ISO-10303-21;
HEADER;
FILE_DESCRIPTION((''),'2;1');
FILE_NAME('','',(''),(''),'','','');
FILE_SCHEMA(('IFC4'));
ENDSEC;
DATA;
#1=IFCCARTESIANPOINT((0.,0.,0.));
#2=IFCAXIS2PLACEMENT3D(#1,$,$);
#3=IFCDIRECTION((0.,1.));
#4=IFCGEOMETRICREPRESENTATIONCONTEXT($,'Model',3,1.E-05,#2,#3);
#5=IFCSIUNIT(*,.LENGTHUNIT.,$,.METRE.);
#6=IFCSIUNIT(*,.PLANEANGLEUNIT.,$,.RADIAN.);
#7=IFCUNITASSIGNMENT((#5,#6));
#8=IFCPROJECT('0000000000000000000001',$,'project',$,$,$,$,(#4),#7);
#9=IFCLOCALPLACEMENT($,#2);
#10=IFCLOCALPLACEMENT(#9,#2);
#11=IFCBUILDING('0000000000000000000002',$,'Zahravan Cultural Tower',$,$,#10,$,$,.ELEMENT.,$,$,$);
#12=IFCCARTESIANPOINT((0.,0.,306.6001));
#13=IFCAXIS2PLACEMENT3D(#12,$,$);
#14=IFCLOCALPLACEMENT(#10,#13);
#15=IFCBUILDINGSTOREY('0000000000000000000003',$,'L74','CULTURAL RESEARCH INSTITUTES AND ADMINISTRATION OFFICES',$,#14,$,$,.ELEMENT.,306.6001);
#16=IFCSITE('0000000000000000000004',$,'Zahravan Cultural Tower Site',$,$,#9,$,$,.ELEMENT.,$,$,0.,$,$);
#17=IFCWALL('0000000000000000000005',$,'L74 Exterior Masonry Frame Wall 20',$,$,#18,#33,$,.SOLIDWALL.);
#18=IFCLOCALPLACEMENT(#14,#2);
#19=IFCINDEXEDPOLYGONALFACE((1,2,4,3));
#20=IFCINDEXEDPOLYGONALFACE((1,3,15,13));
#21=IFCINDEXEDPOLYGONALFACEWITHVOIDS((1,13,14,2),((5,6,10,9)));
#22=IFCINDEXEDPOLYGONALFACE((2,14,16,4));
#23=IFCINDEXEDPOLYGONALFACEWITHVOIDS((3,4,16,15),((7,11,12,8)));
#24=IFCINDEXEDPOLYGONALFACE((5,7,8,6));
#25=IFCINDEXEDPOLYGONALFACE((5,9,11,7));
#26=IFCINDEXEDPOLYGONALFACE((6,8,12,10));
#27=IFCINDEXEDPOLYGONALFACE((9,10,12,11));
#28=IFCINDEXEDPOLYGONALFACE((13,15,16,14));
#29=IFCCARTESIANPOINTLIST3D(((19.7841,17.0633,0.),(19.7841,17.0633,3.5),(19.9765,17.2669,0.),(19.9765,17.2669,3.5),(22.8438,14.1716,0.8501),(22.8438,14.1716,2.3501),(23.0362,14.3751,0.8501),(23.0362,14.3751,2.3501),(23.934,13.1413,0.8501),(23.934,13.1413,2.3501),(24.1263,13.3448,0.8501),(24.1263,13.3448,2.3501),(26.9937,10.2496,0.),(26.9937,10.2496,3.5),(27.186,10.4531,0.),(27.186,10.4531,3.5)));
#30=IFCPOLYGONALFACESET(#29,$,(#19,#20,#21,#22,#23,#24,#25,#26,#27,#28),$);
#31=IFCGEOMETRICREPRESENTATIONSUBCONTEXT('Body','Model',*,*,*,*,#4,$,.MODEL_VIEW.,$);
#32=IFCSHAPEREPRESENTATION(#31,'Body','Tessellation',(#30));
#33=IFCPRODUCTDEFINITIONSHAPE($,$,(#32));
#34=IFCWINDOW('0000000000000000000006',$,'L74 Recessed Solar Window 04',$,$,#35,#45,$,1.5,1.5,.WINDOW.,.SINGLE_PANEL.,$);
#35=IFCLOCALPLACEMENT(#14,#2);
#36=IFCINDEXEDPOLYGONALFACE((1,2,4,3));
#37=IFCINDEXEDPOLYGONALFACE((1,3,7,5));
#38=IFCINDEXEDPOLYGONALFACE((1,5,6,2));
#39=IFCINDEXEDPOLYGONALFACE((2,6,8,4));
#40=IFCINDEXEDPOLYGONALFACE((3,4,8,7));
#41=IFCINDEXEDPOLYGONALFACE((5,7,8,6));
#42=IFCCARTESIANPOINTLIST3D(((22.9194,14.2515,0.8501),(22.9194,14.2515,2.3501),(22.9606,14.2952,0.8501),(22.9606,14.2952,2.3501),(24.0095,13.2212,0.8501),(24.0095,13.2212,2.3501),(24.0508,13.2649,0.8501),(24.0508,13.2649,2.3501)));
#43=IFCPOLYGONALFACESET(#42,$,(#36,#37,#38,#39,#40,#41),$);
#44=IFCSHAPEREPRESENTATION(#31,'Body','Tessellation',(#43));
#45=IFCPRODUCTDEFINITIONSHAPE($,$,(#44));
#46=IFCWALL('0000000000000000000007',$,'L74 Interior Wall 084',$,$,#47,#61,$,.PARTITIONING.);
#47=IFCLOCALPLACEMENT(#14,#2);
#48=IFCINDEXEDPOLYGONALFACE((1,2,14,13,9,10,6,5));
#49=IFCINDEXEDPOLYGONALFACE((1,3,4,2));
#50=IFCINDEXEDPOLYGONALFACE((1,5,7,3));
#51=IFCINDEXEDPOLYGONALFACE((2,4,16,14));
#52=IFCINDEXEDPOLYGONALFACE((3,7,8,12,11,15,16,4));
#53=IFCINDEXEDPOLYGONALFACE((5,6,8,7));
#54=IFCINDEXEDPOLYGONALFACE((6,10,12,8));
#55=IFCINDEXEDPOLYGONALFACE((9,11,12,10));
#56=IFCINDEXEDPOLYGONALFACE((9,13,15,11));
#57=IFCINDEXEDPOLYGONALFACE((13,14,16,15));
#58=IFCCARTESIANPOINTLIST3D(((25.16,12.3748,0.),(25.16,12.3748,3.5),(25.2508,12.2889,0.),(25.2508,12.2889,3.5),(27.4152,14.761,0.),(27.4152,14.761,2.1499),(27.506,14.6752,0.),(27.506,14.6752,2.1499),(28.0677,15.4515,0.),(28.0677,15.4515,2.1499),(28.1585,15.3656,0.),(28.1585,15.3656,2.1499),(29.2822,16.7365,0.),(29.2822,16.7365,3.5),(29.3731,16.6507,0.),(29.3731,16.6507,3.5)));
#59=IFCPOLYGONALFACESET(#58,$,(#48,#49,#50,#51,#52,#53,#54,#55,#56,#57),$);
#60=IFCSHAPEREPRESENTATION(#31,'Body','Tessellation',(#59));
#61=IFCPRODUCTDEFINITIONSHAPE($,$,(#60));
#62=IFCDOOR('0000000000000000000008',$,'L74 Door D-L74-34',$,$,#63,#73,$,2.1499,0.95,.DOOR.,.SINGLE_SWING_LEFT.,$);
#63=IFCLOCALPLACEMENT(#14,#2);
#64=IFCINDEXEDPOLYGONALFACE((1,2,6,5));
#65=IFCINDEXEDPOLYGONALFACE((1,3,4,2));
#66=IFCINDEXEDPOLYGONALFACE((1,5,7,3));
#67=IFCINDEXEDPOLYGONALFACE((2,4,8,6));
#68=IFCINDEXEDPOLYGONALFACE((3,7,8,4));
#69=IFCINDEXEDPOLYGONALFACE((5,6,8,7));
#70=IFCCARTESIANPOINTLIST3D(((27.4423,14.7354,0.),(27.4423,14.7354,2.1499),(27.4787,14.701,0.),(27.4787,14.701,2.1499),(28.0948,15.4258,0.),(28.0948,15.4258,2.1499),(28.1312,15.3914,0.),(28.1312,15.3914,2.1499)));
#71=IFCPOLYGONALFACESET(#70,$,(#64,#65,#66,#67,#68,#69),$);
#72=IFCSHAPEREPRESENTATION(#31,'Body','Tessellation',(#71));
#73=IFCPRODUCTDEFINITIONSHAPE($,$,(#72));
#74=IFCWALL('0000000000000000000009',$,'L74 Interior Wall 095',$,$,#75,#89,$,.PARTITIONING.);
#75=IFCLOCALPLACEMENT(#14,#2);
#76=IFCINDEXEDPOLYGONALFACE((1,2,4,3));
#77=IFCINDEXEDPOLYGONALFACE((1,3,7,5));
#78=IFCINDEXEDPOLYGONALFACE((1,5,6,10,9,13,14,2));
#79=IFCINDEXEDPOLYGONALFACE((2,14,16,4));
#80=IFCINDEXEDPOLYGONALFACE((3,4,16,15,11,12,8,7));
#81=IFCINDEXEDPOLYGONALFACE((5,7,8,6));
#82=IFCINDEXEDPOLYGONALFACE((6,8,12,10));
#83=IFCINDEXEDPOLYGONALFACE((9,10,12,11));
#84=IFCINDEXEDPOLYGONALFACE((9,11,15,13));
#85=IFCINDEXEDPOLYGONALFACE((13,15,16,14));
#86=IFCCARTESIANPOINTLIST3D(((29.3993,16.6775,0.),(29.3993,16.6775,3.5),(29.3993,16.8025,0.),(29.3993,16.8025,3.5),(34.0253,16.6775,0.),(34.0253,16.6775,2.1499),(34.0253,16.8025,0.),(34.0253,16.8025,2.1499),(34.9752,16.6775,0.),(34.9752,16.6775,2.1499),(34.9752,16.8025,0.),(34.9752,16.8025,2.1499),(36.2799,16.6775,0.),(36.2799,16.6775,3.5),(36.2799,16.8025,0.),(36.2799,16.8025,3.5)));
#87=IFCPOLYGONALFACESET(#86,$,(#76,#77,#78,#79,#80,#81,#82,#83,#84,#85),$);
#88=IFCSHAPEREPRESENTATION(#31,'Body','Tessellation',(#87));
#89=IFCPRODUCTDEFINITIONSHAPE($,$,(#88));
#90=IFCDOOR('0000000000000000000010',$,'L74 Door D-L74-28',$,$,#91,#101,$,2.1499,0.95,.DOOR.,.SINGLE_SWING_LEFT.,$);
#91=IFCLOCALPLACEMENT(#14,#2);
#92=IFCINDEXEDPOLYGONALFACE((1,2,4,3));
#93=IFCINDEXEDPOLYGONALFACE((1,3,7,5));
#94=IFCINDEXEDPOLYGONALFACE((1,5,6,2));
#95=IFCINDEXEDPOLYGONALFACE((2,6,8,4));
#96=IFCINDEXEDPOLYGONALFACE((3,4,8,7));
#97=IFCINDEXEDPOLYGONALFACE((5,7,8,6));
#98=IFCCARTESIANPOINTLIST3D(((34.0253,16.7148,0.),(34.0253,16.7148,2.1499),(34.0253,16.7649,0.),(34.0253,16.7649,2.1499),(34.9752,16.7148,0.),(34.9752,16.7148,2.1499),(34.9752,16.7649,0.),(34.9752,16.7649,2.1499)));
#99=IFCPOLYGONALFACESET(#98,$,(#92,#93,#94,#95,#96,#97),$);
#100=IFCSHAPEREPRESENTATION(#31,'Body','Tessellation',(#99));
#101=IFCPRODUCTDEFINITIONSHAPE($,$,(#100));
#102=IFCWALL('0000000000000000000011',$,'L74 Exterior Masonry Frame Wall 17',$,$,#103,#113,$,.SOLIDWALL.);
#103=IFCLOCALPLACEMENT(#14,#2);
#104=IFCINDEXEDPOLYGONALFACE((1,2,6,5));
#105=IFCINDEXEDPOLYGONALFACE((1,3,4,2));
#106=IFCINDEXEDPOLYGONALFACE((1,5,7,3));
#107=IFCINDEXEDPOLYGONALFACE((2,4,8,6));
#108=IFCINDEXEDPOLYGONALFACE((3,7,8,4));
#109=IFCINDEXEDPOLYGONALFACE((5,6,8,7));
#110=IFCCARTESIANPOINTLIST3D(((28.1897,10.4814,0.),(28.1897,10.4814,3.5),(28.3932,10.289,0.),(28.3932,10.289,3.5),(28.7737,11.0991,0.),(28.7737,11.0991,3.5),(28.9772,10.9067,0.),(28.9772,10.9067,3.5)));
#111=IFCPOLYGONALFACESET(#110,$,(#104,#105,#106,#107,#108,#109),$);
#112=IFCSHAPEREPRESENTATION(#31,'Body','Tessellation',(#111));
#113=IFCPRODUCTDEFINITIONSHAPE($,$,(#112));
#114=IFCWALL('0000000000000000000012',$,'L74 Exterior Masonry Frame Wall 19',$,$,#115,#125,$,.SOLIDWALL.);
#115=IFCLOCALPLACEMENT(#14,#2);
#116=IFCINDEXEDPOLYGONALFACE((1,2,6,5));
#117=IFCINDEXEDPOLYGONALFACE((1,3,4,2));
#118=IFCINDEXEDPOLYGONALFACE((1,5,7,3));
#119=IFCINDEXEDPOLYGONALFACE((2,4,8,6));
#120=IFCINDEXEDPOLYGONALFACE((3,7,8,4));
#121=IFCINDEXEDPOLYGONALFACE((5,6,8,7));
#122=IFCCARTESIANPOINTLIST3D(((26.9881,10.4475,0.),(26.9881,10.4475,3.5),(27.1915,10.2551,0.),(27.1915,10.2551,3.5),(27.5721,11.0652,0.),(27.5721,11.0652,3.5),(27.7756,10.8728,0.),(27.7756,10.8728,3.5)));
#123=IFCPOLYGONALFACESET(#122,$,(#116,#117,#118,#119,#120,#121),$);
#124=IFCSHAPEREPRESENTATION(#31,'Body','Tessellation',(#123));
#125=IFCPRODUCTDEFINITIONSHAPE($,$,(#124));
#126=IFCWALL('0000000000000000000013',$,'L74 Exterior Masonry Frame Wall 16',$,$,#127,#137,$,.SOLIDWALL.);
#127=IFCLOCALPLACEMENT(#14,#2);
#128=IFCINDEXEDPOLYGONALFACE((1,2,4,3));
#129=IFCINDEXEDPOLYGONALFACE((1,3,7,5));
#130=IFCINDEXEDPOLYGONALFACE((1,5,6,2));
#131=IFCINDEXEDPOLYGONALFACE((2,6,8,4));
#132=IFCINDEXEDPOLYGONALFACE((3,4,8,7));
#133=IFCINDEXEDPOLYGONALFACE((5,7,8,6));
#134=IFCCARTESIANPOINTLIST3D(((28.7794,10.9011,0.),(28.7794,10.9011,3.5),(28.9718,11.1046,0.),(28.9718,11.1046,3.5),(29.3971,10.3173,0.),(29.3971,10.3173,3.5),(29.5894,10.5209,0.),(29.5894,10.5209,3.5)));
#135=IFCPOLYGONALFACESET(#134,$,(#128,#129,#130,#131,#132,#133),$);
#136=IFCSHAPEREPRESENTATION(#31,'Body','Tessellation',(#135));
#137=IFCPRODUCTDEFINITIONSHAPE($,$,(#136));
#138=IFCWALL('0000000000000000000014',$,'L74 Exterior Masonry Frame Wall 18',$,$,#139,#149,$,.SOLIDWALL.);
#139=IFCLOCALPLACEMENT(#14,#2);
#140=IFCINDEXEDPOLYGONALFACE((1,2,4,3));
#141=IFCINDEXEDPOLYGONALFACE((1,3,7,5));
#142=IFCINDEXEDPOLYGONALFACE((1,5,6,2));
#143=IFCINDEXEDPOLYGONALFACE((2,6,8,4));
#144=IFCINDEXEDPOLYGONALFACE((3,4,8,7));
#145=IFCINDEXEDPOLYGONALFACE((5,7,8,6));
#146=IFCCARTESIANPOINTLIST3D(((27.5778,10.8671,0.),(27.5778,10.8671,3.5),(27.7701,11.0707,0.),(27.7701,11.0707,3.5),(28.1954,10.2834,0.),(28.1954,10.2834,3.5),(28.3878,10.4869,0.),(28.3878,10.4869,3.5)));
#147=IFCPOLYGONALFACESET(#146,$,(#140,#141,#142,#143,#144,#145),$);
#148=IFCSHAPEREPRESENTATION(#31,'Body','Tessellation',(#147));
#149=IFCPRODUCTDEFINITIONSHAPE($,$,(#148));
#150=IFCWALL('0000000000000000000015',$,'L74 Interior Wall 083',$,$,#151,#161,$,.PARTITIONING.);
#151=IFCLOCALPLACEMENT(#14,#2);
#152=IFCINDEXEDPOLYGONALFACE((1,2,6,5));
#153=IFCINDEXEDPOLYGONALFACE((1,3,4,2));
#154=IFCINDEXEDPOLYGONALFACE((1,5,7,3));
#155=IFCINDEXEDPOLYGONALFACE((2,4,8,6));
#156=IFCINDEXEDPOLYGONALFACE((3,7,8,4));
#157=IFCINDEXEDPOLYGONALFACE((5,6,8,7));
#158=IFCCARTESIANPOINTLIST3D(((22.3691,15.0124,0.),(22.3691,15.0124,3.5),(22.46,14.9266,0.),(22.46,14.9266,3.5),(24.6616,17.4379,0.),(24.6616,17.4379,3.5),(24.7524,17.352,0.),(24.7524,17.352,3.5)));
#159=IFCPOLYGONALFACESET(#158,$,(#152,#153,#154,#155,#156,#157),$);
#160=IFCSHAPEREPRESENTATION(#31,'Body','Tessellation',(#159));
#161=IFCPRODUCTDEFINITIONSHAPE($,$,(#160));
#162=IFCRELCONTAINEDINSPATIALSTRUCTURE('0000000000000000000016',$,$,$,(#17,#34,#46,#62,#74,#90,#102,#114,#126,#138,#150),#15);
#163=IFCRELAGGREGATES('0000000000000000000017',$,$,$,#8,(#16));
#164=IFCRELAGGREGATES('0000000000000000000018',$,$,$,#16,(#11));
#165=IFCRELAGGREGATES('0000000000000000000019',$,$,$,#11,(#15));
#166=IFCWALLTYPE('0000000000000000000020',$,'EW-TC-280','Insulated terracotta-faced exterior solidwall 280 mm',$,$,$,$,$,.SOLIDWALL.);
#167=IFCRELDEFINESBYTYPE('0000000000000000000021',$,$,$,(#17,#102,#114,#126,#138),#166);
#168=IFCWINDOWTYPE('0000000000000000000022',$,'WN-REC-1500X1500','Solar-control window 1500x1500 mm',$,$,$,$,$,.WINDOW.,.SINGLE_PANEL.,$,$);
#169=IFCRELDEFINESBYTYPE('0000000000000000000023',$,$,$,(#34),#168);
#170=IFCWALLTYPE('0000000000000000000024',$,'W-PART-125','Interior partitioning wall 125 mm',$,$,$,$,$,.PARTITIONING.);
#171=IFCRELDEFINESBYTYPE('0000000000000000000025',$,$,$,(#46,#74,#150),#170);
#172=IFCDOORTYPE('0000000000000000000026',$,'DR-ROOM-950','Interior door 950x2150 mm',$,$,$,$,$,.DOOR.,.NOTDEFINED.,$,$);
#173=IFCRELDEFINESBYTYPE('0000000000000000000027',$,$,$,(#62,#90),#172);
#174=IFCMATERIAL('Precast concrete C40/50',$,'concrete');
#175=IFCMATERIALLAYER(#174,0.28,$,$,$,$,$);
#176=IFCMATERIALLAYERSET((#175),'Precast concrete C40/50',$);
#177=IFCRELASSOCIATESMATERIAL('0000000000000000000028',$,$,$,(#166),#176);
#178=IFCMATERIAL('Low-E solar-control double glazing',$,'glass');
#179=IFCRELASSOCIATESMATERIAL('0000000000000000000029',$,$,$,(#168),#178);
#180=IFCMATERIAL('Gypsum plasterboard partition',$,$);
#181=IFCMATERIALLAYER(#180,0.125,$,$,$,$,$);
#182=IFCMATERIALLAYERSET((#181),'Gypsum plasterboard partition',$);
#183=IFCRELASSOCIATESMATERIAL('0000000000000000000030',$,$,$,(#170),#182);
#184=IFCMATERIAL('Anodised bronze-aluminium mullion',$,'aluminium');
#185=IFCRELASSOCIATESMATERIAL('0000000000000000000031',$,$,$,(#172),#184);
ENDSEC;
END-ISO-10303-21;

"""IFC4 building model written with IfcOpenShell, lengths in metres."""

from ifc_helpers import new_model, si_unit, direction, frame, frame_2d, origin, place, context, subcontext, project, spatial, rectangle, extrude, source, transform, mapped, material, layer, layer_set, type_object, element, fill, save


model = new_model("IFC4")

# Units and contexts
model_context = context("Model", 3, precision=1e-05, world=origin(), true_north=direction((0.0, 1.0)))
body_context = subcontext(model_context, "Body", "Model", "MODEL_VIEW")
ifc_project = project(units=[si_unit("LENGTHUNIT", "METRE"), si_unit("PLANEANGLEUNIT", "RADIAN")], contexts=[model_context])

# Site, building, storey
site_placement = place(None, origin())
site = spatial("IfcSite", under=ifc_project, at=site_placement, Name="Zahravan Cultural Tower Site", CompositionType="ELEMENT", RefElevation=0.0)
building_placement = place(site_placement, origin())
building = spatial("IfcBuilding", under=site, at=building_placement, Name="Zahravan Cultural Tower", CompositionType="ELEMENT")
storey_placement = place(building_placement, frame((0.0, 0.0, 306.6001)))
storey = spatial("IfcBuildingStorey", under=building, at=storey_placement, Name="L74", Description="CULTURAL RESEARCH INSTITUTES AND ADMINISTRATION OFFICES", CompositionType="ELEMENT", Elevation=306.6001)

# Wall, opening, window
ifc_material_1 = material(Name="Precast concrete C40/50", Category="concrete")
ifc_layer_1 = layer(ifc_material_1, 0.28)
ifc_layer_set_1 = layer_set([ifc_layer_1], Name="Precast concrete C40/50")
wall_type_1 = type_object("IfcWallType", Name="EW-TC-280", Description="Insulated terracotta-faced exterior solidwall 280 mm", PredefinedType="SOLIDWALL", material=ifc_layer_set_1)
ifc_material_2 = material(Name="Low-E solar-control double glazing", Category="glass")
window_type = type_object("IfcWindowType", Name="WN-REC-1500X1500", Description="Solar-control window 1500x1500 mm", PartitioningType="SINGLE_PANEL", PredefinedType="WINDOW", material=ifc_material_2)
shared_shape_1 = source(origin(), body_context, "Body", "SweptSolid", [
    extrude(rectangle(XDim=1.5, YDim=1.5, at=frame_2d((0.75, 0.75))), frame((0.0, 0.03, 0.0), z_axis=(0.0, -1.0, 0.0), x_axis=(1.0, 0.0, 0.0)), (0.0, 0.0, 1.0), 0.0601),
])
wall_1_placement = place(storey_placement, frame((27.0898, 10.3513, 0.0), z_axis=(0.0, 0.0, 1.0), x_axis=(-0.726773, 0.686878, 0.0)))
wall_1 = element("IfcWall", 1, at=wall_1_placement, inside=storey, type_object=wall_type_1, Name="L74 Exterior Masonry Frame Wall 20", PredefinedType="SOLIDWALL", context=body_context, shape_type="SweptSolid", body=[
    extrude(rectangle(XDim=9.9199, YDim=0.28, at=frame_2d((4.96, 0.0))), origin(), (0.0, 0.0, 1.0), 3.5),
])
opening_1_placement = place(wall_1_placement, frame((4.21, 0.0, 0.8501)))
opening_1 = element("IfcOpeningElement", 2, at=opening_1_placement, cuts=wall_1, PredefinedType="OPENING", context=body_context, shape_type="SweptSolid", body=[
    extrude(rectangle(XDim=1.5, YDim=1.5, at=frame_2d((0.75, 0.75))), frame((0.0, 0.1499, 0.0), z_axis=(0.0, -1.0, 0.0), x_axis=(1.0, 0.0, 0.0)), (0.0, 0.0, 1.0), 0.3),
])
window_1_placement = place(opening_1_placement, origin())
window_1 = element("IfcWindow", 3, at=window_1_placement, inside=storey, type_object=window_type, Name="L74 Recessed Solar Window 04", OverallHeight=1.5, OverallWidth=1.5, PartitioningType="SINGLE_PANEL", PredefinedType="WINDOW", context=body_context, shape_type="MappedRepresentation", body=[
    mapped(shared_shape_1, transform((0.0, 0.0, 0.0), x_axis=(1.0, 0.0, 0.0), y_axis=(0.0, 1.0, 0.0), z_axis=(0.0, 0.0, 1.0), scale=1.0)),
])
fill(opening_1, window_1)

# Walls, openings, doors
ifc_material_3 = material(Name="Gypsum plasterboard partition")
ifc_layer_2 = layer(ifc_material_3, 0.125)
ifc_layer_set_2 = layer_set([ifc_layer_2], Name="Gypsum plasterboard partition")
wall_type_2 = type_object("IfcWallType", Name="W-PART-125", Description="Interior partitioning wall 125 mm", PredefinedType="PARTITIONING", material=ifc_layer_set_2)
wall_2_placement = place(storey_placement, frame((29.3276, 16.6936, 0.0), z_axis=(0.0, 0.0, 1.0), x_axis=(-0.686872, -0.726778, 0.0)))
wall_2 = element("IfcWall", 4, at=wall_2_placement, inside=storey, type_object=wall_type_2, Name="L74 Interior Wall 084", PredefinedType="PARTITIONING", context=body_context, shape_type="SweptSolid", body=[
    extrude(rectangle(XDim=6.0015, YDim=0.125, at=frame_2d((3.0007, 0.0))), origin(), (0.0, 0.0, 1.0), 3.5),
])
opening_2_placement = place(wall_2_placement, frame((1.7681, 0.0, 0.0)))
opening_2 = element("IfcOpeningElement", 5, at=opening_2_placement, cuts=wall_2, PredefinedType="OPENING", context=body_context, shape_type="SweptSolid", body=[
    extrude(rectangle(XDim=0.95, YDim=2.1499, at=frame_2d((0.4751, 1.075))), frame((0.0, 0.0725, 0.0), z_axis=(0.0, -1.0, 0.0), x_axis=(1.0, 0.0, 0.0)), (0.0, 0.0, 1.0), 0.145),
])
ifc_material_4 = material(Name="Anodised bronze-aluminium mullion", Category="aluminium")
door_type_1 = type_object("IfcDoorType", Name="DR-ROOM-950", Description="Interior door 950x2150 mm", OperationType="NOTDEFINED", PredefinedType="DOOR", material=ifc_material_4)
shared_shape_2 = source(origin(), body_context, "Body", "SweptSolid", [
    extrude(rectangle(XDim=0.95, YDim=2.1499, at=frame_2d((0.4751, 1.075))), frame((0.0, 0.0249, 0.0), z_axis=(0.0, -1.0, 0.0), x_axis=(1.0, 0.0, 0.0)), (0.0, 0.0, 1.0), 0.05),
])
door_1_placement = place(opening_2_placement, origin())
door_1 = element("IfcDoor", 6, at=door_1_placement, inside=storey, type_object=door_type_1, Name="L74 Door D-L74-34", OperationType="SINGLE_SWING_LEFT", OverallHeight=2.1499, OverallWidth=0.95, PredefinedType="DOOR", context=body_context, shape_type="MappedRepresentation", body=[
    mapped(shared_shape_2, transform((0.0, 0.0, 0.0), x_axis=(1.0, 0.0, 0.0), y_axis=(0.0, 1.0, 0.0), z_axis=(0.0, 0.0, 1.0), scale=1.0)),
])
fill(opening_2, door_1)
wall_3_placement = place(storey_placement, frame((29.3992, 16.74, 0.0), z_axis=(0.0, 0.0, 1.0), x_axis=(1.0, 0.0, 0.0)))
wall_3 = element("IfcWall", 7, at=wall_3_placement, inside=storey, type_object=wall_type_2, Name="L74 Interior Wall 095", PredefinedType="PARTITIONING", context=body_context, shape_type="SweptSolid", body=[
    extrude(rectangle(XDim=6.8806, YDim=0.125, at=frame_2d((3.4404, 0.0))), origin(), (0.0, 0.0, 1.0), 3.5),
])
opening_3_placement = place(wall_3_placement, frame((4.626, 0.0, 0.0)))
opening_3 = element("IfcOpeningElement", 8, at=opening_3_placement, cuts=wall_3, PredefinedType="OPENING", context=body_context, shape_type="SweptSolid", body=[
    extrude(rectangle(XDim=0.95, YDim=2.1499, at=frame_2d((0.4751, 1.075))), frame((0.0, 0.0725, 0.0), z_axis=(0.0, -1.0, 0.0), x_axis=(1.0, 0.0, 0.0)), (0.0, 0.0, 1.0), 0.145),
])
door_2_placement = place(opening_3_placement, origin())
door_2 = element("IfcDoor", 9, at=door_2_placement, inside=storey, type_object=door_type_1, Name="L74 Door D-L74-28", OperationType="SINGLE_SWING_LEFT", OverallHeight=2.1499, OverallWidth=0.95, PredefinedType="DOOR", context=body_context, shape_type="MappedRepresentation", body=[
    mapped(shared_shape_2, transform((0.0, 0.0, 0.0), x_axis=(1.0, 0.0, 0.0), y_axis=(0.0, 1.0, 0.0), z_axis=(0.0, 0.0, 1.0), scale=1.0)),
])
fill(opening_3, door_2)

# Walls
shared_shape_3 = source(origin(), body_context, "Body", "SweptSolid", [
    extrude(rectangle(XDim=0.8501, YDim=0.28, at=frame_2d((0.425, 0.0))), origin(), (0.0, 0.0, 1.0), 3.5),
])
for number, where, z_axis, x_axis, name in (
    (10, (28.8755, 11.0029, 0.0), (0.0, 0.0, 1.0), (-0.687011, -0.726647, 0.0), "L74 Exterior Masonry Frame Wall 17"),
    (11, (27.6738, 10.969, 0.0), (0.0, 0.0, 1.0), (-0.687011, -0.726647, 0.0), "L74 Exterior Masonry Frame Wall 19"),
):
    element("IfcWall", number, at=place(storey_placement, frame(where, z_axis=z_axis, x_axis=x_axis)), inside=storey, type_object=wall_type_1, Name=name, PredefinedType="SOLIDWALL", context=body_context, shape_type="MappedRepresentation", body=[
        mapped(shared_shape_3, transform((0.0, 0.0, 0.0), x_axis=(1.0, 0.0, 0.0), y_axis=(0.0, 1.0, 0.0), z_axis=(0.0, 0.0, 1.0), scale=1.0)),
    ])
shared_shape_4 = source(origin(), body_context, "Body", "SweptSolid", [
    extrude(rectangle(XDim=0.8499, YDim=0.28, at=frame_2d((0.4248, 0.0))), origin(), (0.0, 0.0, 1.0), 3.5),
])
for number, where, z_axis, x_axis, name in (
    (12, (29.4932, 10.4192, 0.0), (0.0, 0.0, 1.0), (-0.72679, 0.68686, 0.0), "L74 Exterior Masonry Frame Wall 16"),
    (13, (28.2915, 10.3853, 0.0), (0.0, 0.0, 1.0), (-0.72679, 0.68686, 0.0), "L74 Exterior Masonry Frame Wall 18"),
):
    element("IfcWall", number, at=place(storey_placement, frame(where, z_axis=z_axis, x_axis=x_axis)), inside=storey, type_object=wall_type_1, Name=name, PredefinedType="SOLIDWALL", context=body_context, shape_type="MappedRepresentation", body=[
        mapped(shared_shape_4, transform((0.0, 0.0, 0.0), x_axis=(1.0, 0.0, 0.0), y_axis=(0.0, 1.0, 0.0), z_axis=(0.0, 0.0, 1.0), scale=1.0)),
    ])
shared_shape_5 = source(origin(), body_context, "Body", "SweptSolid", [
    extrude(rectangle(XDim=3.3374, YDim=0.125, at=frame_2d((1.6687, 0.0))), origin(), (0.0, 0.0, 1.0), 3.5),
])
wall_4_placement = place(storey_placement, frame((22.4146, 14.9695, 0.0), z_axis=(0.0, 0.0, 1.0), x_axis=(0.686892, 0.72676, 0.0)))
element("IfcWall", 14, at=wall_4_placement, inside=storey, type_object=wall_type_2, Name="L74 Interior Wall 083", PredefinedType="PARTITIONING", context=body_context, shape_type="MappedRepresentation", body=[
    mapped(shared_shape_5, transform((0.0, 0.0, 0.0), x_axis=(1.0, 0.0, 0.0), y_axis=(0.0, 1.0, 0.0), z_axis=(0.0, 0.0, 1.0), scale=1.0)),
])

save(model, "model.ifc")
